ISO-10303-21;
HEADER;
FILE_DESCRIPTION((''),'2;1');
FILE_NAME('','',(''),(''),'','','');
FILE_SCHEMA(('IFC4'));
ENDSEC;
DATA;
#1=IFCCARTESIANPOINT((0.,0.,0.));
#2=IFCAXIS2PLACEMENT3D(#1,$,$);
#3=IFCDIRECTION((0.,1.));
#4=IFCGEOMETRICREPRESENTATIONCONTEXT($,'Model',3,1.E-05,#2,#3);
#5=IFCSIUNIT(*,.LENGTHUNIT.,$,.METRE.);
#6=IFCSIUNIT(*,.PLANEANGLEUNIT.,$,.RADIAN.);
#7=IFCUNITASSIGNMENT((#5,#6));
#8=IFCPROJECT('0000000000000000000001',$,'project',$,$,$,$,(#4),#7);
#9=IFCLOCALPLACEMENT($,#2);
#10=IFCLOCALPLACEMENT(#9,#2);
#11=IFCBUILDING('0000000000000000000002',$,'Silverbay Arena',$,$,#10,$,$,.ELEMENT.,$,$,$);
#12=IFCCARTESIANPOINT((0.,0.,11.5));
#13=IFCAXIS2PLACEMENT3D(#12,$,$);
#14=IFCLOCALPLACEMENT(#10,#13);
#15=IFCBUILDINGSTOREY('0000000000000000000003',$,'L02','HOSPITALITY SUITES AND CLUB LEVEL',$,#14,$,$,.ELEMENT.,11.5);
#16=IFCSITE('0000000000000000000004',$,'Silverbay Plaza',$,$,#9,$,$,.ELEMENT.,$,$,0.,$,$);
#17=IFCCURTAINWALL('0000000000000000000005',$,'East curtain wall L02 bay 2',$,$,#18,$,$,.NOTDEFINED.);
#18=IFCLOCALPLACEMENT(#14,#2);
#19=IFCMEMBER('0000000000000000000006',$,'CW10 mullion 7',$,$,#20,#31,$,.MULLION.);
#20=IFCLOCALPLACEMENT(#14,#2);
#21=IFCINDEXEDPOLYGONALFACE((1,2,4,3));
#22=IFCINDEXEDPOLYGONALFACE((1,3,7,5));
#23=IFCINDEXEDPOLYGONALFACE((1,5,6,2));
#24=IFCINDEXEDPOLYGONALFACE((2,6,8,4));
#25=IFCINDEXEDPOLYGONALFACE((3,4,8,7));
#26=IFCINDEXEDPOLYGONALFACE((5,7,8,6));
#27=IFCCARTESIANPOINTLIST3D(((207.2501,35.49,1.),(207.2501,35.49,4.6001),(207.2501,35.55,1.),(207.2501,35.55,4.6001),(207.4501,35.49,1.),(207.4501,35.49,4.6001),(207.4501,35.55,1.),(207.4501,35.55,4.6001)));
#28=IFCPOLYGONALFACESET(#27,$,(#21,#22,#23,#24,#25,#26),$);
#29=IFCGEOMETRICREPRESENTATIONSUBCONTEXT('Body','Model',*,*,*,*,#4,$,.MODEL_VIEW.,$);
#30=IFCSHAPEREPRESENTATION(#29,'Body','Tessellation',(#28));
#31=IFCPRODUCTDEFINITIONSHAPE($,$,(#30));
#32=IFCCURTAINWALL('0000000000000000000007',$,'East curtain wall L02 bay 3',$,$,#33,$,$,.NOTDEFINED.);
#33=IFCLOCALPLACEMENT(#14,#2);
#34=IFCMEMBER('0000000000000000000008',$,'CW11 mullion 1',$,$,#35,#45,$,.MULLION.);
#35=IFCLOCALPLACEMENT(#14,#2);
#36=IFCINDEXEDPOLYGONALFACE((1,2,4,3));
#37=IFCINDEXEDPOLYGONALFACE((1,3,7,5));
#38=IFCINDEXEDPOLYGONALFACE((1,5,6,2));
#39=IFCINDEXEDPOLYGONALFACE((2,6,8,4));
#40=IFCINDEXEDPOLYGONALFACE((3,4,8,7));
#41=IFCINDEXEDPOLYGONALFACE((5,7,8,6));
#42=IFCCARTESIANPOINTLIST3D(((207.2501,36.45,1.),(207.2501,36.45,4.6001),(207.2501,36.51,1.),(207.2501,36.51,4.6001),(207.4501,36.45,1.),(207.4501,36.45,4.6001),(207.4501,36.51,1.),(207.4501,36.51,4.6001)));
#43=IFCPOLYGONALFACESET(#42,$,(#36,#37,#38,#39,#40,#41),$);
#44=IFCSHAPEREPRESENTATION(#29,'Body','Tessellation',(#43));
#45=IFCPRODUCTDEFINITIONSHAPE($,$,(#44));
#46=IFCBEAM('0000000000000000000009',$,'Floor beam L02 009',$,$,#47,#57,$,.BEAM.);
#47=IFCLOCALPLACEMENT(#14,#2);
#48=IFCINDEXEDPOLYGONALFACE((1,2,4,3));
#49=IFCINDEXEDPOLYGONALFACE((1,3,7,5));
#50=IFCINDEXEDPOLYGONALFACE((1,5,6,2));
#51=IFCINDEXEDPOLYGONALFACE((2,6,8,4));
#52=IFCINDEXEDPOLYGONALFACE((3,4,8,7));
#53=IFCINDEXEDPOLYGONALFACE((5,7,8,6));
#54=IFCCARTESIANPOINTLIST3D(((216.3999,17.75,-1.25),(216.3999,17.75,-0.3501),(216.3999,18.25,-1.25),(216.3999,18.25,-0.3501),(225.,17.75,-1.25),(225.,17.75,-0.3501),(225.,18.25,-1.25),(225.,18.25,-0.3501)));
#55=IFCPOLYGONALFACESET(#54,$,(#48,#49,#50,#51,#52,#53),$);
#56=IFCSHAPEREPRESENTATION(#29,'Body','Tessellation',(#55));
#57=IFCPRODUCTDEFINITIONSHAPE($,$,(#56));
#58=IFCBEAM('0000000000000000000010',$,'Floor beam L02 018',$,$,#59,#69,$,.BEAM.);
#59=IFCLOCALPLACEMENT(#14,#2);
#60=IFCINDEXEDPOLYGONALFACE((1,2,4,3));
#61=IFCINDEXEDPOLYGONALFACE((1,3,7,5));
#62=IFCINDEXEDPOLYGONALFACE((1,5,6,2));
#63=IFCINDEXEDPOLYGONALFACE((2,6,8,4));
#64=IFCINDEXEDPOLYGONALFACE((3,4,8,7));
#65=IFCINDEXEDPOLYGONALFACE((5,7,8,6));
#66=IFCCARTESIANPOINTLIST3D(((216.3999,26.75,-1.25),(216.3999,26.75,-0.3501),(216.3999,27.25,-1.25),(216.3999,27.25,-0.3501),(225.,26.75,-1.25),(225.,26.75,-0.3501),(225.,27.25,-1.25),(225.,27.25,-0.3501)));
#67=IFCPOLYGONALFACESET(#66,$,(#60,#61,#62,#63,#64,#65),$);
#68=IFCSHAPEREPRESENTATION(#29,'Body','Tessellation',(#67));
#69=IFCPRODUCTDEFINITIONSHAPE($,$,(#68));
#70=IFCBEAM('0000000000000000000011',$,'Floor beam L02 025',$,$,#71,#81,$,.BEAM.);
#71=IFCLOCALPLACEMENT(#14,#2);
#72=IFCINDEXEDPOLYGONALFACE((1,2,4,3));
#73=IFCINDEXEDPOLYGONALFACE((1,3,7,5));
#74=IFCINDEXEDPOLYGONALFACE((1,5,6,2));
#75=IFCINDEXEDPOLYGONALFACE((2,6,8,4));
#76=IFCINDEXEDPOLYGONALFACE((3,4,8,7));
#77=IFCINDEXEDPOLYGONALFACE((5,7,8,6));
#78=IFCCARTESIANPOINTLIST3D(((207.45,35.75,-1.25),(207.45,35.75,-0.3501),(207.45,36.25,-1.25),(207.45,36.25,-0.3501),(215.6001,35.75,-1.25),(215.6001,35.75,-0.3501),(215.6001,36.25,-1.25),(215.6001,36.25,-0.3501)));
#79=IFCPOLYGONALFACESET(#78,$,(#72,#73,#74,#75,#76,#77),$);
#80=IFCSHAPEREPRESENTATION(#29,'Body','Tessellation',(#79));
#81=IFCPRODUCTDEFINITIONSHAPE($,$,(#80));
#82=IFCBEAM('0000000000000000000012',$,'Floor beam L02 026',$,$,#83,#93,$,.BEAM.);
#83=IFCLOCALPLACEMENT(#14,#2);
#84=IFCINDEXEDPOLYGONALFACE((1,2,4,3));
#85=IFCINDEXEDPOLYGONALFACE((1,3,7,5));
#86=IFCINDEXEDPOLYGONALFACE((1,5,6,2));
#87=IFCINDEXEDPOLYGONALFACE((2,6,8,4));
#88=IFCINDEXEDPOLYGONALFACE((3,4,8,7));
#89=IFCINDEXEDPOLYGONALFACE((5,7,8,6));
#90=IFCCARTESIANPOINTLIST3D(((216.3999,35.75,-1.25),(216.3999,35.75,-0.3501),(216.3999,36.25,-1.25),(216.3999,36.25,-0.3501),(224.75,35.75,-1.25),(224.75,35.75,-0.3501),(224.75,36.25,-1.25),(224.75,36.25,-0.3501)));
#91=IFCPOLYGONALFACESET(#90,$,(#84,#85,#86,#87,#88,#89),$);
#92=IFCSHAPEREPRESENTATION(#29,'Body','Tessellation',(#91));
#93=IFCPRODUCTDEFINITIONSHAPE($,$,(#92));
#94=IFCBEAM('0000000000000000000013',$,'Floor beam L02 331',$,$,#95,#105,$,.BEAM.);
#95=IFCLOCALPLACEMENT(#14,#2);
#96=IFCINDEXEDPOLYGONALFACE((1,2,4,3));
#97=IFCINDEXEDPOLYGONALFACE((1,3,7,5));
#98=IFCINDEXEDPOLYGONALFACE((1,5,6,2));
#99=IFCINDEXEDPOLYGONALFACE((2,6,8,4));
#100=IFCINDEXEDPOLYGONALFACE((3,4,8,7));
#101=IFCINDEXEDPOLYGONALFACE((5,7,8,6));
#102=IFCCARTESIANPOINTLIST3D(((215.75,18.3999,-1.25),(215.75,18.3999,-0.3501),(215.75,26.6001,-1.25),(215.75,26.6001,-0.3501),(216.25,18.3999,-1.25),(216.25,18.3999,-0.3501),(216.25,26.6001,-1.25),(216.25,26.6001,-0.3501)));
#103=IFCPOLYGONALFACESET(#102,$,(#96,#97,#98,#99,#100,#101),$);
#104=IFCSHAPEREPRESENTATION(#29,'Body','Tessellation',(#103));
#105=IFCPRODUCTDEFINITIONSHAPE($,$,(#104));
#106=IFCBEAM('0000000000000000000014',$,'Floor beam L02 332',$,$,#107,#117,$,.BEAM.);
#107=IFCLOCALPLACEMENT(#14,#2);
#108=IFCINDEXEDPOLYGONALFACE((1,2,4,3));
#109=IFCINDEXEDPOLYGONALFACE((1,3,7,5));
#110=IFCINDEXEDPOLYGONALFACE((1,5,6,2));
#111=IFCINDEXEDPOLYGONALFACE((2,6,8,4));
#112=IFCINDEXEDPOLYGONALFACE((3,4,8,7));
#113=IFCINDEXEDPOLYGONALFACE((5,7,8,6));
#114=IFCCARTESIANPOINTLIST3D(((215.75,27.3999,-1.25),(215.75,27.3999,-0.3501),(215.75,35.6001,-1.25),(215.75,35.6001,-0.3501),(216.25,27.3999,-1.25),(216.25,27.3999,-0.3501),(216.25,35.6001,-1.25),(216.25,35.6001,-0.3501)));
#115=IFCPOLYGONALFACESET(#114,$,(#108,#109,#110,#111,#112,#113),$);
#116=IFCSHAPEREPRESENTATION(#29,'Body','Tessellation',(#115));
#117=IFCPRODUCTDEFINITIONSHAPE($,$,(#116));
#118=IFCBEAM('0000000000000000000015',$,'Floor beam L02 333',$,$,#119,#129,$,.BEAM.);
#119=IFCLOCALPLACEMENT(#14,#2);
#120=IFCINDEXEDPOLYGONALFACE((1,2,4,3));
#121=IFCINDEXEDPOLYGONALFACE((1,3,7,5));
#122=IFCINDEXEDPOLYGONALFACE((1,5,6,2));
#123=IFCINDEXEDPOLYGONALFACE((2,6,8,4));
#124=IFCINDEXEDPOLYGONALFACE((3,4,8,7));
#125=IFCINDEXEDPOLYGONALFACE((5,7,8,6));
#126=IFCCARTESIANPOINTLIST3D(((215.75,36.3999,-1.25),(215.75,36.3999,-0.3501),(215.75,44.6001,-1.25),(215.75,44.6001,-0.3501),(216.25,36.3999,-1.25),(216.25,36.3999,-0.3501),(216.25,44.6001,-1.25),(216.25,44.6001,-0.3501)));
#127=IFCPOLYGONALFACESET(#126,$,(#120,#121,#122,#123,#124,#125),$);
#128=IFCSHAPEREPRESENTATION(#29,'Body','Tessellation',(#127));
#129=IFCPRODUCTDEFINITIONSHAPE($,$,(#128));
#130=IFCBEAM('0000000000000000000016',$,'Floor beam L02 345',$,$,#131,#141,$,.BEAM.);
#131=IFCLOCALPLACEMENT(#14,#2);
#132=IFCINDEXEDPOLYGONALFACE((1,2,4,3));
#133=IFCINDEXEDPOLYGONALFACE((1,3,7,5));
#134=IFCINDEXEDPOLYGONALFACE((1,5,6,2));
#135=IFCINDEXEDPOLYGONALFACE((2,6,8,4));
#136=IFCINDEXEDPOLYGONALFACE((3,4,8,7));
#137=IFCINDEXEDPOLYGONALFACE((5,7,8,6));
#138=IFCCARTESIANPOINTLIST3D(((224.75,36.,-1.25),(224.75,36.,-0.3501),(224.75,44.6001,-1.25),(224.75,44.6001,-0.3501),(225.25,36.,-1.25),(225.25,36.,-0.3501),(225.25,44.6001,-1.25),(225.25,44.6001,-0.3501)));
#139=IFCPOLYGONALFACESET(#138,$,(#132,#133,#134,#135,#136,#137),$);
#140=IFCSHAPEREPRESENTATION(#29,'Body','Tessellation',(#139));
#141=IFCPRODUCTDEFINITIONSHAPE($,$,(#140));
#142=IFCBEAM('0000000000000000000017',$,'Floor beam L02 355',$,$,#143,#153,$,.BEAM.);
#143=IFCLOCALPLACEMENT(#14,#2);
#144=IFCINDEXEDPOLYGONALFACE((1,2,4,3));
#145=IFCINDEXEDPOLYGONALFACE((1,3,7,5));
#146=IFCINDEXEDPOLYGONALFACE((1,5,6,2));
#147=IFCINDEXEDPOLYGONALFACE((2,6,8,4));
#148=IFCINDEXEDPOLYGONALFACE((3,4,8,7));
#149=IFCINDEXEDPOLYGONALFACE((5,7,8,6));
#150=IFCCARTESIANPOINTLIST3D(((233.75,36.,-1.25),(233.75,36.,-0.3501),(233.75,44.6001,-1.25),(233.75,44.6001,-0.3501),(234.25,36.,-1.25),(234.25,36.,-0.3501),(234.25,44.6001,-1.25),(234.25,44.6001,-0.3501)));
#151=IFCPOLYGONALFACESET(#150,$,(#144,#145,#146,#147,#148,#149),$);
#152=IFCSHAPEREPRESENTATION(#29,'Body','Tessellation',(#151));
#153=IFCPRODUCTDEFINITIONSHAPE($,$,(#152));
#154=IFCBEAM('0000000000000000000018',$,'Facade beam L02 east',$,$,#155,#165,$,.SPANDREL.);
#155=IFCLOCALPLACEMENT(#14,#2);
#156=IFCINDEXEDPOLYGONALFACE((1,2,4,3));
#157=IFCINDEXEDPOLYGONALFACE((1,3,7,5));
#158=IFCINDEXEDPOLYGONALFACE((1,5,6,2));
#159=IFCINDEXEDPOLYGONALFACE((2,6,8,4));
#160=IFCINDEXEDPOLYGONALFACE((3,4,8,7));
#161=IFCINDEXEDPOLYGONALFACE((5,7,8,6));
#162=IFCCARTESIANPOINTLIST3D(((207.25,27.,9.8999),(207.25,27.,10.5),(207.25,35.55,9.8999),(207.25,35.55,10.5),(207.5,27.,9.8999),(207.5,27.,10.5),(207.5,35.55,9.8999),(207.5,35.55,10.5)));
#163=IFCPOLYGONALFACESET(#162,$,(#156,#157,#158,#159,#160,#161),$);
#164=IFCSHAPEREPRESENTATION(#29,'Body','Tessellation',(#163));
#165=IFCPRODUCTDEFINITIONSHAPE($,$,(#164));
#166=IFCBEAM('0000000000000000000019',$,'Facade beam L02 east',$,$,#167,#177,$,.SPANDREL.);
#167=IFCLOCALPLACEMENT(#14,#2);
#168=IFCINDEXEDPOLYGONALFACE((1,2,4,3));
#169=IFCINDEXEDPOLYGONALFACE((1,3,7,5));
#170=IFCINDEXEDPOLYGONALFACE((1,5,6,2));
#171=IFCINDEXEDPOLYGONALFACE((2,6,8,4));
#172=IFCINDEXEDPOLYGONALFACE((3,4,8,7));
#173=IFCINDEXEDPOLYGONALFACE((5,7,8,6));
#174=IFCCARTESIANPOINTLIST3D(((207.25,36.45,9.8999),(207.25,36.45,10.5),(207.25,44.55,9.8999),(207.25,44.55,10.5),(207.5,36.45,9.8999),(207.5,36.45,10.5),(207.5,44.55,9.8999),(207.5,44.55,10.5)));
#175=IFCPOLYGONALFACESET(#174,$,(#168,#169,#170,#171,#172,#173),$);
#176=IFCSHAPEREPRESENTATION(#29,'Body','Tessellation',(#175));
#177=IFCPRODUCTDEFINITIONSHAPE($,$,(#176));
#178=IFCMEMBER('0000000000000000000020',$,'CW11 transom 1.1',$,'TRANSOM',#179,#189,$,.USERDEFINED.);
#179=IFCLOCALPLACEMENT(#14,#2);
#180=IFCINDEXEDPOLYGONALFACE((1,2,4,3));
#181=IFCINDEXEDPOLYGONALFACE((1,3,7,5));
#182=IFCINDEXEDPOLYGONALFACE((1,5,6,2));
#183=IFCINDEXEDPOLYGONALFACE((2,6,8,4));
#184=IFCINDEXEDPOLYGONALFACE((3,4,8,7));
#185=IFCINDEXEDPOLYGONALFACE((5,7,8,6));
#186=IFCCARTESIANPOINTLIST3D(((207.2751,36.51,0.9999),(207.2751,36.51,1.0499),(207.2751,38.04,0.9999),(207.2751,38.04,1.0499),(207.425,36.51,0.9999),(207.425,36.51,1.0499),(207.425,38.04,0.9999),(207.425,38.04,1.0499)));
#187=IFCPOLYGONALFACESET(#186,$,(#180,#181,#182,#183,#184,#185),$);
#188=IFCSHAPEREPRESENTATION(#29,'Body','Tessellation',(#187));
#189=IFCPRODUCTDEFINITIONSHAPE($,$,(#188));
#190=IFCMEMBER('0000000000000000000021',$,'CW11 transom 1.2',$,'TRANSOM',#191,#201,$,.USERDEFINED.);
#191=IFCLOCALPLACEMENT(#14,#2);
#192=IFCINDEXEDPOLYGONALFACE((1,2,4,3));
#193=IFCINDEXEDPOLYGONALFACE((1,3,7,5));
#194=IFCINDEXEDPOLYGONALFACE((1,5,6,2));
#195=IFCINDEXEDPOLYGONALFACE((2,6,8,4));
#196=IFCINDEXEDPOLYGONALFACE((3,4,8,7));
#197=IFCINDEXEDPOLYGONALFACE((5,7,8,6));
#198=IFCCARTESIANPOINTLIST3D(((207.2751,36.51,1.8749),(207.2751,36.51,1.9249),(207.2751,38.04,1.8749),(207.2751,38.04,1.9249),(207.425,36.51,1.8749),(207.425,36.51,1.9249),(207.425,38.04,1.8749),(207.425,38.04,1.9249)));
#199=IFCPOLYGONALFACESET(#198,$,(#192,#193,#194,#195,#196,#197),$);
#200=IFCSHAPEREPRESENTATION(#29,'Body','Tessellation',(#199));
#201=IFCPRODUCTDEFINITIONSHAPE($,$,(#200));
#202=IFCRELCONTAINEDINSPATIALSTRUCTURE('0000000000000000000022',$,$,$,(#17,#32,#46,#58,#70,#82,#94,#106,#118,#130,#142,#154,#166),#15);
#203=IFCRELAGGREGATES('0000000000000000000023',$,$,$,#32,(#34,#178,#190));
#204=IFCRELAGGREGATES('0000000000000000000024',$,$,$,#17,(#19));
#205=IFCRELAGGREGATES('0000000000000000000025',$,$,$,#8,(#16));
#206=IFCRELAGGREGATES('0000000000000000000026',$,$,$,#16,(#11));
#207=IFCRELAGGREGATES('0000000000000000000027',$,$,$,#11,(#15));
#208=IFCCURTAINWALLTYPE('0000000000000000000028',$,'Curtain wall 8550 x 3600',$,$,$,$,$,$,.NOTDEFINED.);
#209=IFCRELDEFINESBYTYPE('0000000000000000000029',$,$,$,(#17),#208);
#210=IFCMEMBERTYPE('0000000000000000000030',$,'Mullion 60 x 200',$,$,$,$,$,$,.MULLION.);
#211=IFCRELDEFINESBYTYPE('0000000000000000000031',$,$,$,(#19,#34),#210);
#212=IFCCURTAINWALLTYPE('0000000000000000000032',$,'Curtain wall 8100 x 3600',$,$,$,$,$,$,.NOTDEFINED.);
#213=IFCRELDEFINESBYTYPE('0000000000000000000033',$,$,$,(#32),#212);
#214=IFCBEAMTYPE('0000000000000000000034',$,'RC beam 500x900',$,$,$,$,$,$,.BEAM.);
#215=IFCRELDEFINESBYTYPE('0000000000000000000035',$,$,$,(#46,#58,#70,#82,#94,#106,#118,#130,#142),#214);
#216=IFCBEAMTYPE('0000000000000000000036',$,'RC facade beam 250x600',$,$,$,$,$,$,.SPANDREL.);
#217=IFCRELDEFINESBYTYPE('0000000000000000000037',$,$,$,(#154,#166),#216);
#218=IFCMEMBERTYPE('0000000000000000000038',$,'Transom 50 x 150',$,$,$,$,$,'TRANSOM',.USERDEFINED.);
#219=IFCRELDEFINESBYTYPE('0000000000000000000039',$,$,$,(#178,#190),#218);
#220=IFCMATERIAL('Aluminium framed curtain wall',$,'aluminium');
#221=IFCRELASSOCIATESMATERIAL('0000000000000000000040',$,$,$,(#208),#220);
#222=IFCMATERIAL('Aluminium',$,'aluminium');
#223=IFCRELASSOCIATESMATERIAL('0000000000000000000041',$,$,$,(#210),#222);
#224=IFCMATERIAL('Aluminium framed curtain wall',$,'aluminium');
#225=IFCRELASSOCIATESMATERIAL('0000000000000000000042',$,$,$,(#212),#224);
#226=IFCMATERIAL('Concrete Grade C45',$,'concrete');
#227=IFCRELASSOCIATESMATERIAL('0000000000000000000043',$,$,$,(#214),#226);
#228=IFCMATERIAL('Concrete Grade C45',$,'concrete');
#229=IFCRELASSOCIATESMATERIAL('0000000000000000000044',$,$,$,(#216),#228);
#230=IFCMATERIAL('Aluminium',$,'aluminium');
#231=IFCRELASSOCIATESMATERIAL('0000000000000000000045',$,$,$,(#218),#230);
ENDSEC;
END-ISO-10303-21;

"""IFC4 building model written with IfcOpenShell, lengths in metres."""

from ifc_helpers import new_model, si_unit, direction, frame, origin, origin_2d, place, context, subcontext, project, spatial, rectangle, extrude, material, material_profile, profile_set, type_object, element, aggregate, save


model = new_model("IFC4")

# Units and contexts
model_context = context("Model", 3, precision=1e-05, world=origin(), true_north=direction((0.0, 1.0)))
body_context = subcontext(model_context, "Body", "Model", "MODEL_VIEW")
ifc_project = project(units=[si_unit("LENGTHUNIT", "METRE"), si_unit("PLANEANGLEUNIT", "RADIAN")], contexts=[model_context])

# Site, building, storey
site_placement = place(None, origin())
site = spatial("IfcSite", under=ifc_project, at=site_placement, Name="Silverbay Plaza", CompositionType="ELEMENT", RefElevation=0.0)
building_placement = place(site_placement, origin())
building = spatial("IfcBuilding", under=site, at=building_placement, Name="Silverbay Arena", CompositionType="ELEMENT")
storey_placement = place(building_placement, frame((0.0, 0.0, 11.5)))
storey = spatial("IfcBuildingStorey", under=building, at=storey_placement, Name="L02", Description="HOSPITALITY SUITES AND CLUB LEVEL", CompositionType="ELEMENT", Elevation=11.5)

# Curtain walls, members
ifc_material_1 = material(Name="Aluminium framed curtain wall", Category="aluminium")
curtain_wall_type_1 = type_object("IfcCurtainWallType", Name="Curtain wall 8550 x 3600", PredefinedType="NOTDEFINED", material=ifc_material_1)
curtain_wall_1_placement = place(storey_placement, origin())
curtain_wall_1 = element("IfcCurtainWall", 1, at=curtain_wall_1_placement, inside=storey, type_object=curtain_wall_type_1, Name="East curtain wall L02 bay 2", PredefinedType="NOTDEFINED")
ifc_material_2 = material(Name="Aluminium", Category="aluminium")
ifc_material_profile_1 = material_profile(ifc_material_2, rectangle(XDim=0.2, YDim=0.0601, at=origin_2d()), Name="Mullion 60 x 200")
ifc_profile_set_1 = profile_set([ifc_material_profile_1], Name="Aluminium")
member_type_1 = type_object("IfcMemberType", Name="Mullion 60 x 200", PredefinedType="MULLION", material=ifc_profile_set_1)
member_1_placement = place(storey_placement, frame((207.3501, 35.52, 1.0), z_axis=(0.0, 0.0, 1.0), x_axis=(-1.0, 0.0, 0.0)))
member_1 = element("IfcMember", 2, at=member_1_placement, type_object=member_type_1, Name="CW10 mullion 7", PredefinedType="MULLION", context=body_context, shape_type="SweptSolid", body=[
    extrude(rectangle(XDim=0.2, YDim=0.0601, at=origin_2d()), origin(), (0.0, 0.0, 1.0), 3.6001),
])
ifc_material_3 = material(Name="Aluminium framed curtain wall", Category="aluminium")
curtain_wall_type_2 = type_object("IfcCurtainWallType", Name="Curtain wall 8100 x 3600", PredefinedType="NOTDEFINED", material=ifc_material_3)
curtain_wall_2_placement = place(storey_placement, origin())
curtain_wall_2 = element("IfcCurtainWall", 3, at=curtain_wall_2_placement, inside=storey, type_object=curtain_wall_type_2, Name="East curtain wall L02 bay 3", PredefinedType="NOTDEFINED")
member_2_placement = place(storey_placement, frame((207.3501, 36.48, 1.0), z_axis=(0.0, 0.0, 1.0), x_axis=(-1.0, 0.0, 0.0)))
member_2 = element("IfcMember", 4, at=member_2_placement, type_object=member_type_1, Name="CW11 mullion 1", PredefinedType="MULLION", context=body_context, shape_type="SweptSolid", body=[
    extrude(rectangle(XDim=0.2, YDim=0.0601, at=origin_2d()), origin(), (0.0, 0.0, 1.0), 3.6001),
])

# Beams
ifc_material_4 = material(Name="Concrete Grade C45", Category="concrete")
ifc_material_profile_2 = material_profile(ifc_material_4, rectangle(XDim=0.5, YDim=0.8999, at=origin_2d()), Name="RC 500x900")
ifc_profile_set_2 = profile_set([ifc_material_profile_2], Name="Concrete Grade C45")
beam_type_1 = type_object("IfcBeamType", Name="RC beam 500x900", PredefinedType="BEAM", material=ifc_profile_set_2)
for number, where, z_axis, x_axis, name in (
    (5, (216.3999, 18.0, -0.8), (1.0, 0.0, 0.0), (0.0, 1.0, 0.0), "Floor beam L02 009"),
    (6, (216.3999, 27.0, -0.8), (1.0, 0.0, 0.0), (0.0, 1.0, 0.0), "Floor beam L02 018"),
):
    element("IfcBeam", number, at=place(storey_placement, frame(where, z_axis=z_axis, x_axis=x_axis)), inside=storey, type_object=beam_type_1, Name=name, PredefinedType="BEAM", context=body_context, shape_type="SweptSolid", body=[
        extrude(rectangle(XDim=0.5, YDim=0.8999, at=origin_2d()), origin(), (0.0, 0.0, 1.0), 8.6001),
    ])
beam_1_placement = place(storey_placement, frame((207.45, 36.0, -0.8), z_axis=(1.0, 0.0, 0.0), x_axis=(0.0, 1.0, 0.0)))
element("IfcBeam", 7, at=beam_1_placement, inside=storey, type_object=beam_type_1, Name="Floor beam L02 025", PredefinedType="BEAM", context=body_context, shape_type="SweptSolid", body=[
    extrude(rectangle(XDim=0.5, YDim=0.8999, at=origin_2d()), origin(), (0.0, 0.0, 1.0), 8.1501),
])
beam_2_placement = place(storey_placement, frame((216.3999, 36.0, -0.8), z_axis=(1.0, 0.0, 0.0), x_axis=(0.0, 1.0, 0.0)))
element("IfcBeam", 8, at=beam_2_placement, inside=storey, type_object=beam_type_1, Name="Floor beam L02 026", PredefinedType="BEAM", context=body_context, shape_type="SweptSolid", body=[
    extrude(rectangle(XDim=0.5, YDim=0.8999, at=origin_2d()), origin(), (0.0, 0.0, 1.0), 8.3501),
])
for number, where, z_axis, x_axis, name in (
    (9, (216.0, 18.3999, -0.8), (0.0, 1.0, 0.0), (-1.0, 0.0, 0.0), "Floor beam L02 331"),
    (10, (216.0, 27.3999, -0.8), (0.0, 1.0, 0.0), (-1.0, 0.0, 0.0), "Floor beam L02 332"),
    (11, (216.0, 36.3999, -0.8), (0.0, 1.0, 0.0), (-1.0, 0.0, 0.0), "Floor beam L02 333"),
):
    element("IfcBeam", number, at=place(storey_placement, frame(where, z_axis=z_axis, x_axis=x_axis)), inside=storey, type_object=beam_type_1, Name=name, PredefinedType="BEAM", context=body_context, shape_type="SweptSolid", body=[
        extrude(rectangle(XDim=0.5, YDim=0.8999, at=origin_2d()), origin(), (0.0, 0.0, 1.0), 8.2002),
    ])
for number, where, z_axis, x_axis, name in (
    (12, (225.0, 36.0, -0.8), (0.0, 1.0, 0.0), (-1.0, 0.0, 0.0), "Floor beam L02 345"),
    (13, (234.0, 36.0, -0.8), (0.0, 1.0, 0.0), (-1.0, 0.0, 0.0), "Floor beam L02 355"),
):
    element("IfcBeam", number, at=place(storey_placement, frame(where, z_axis=z_axis, x_axis=x_axis)), inside=storey, type_object=beam_type_1, Name=name, PredefinedType="BEAM", context=body_context, shape_type="SweptSolid", body=[
        extrude(rectangle(XDim=0.5, YDim=0.8999, at=origin_2d()), origin(), (0.0, 0.0, 1.0), 8.6001),
    ])
ifc_material_5 = material(Name="Concrete Grade C45", Category="concrete")
ifc_material_profile_3 = material_profile(ifc_material_5, rectangle(XDim=0.25, YDim=0.6001, at=origin_2d()), Name="RC 250x600")
ifc_profile_set_3 = profile_set([ifc_material_profile_3], Name="Concrete Grade C45")
beam_type_2 = type_object("IfcBeamType", Name="RC facade beam 250x600", PredefinedType="SPANDREL", material=ifc_profile_set_3)
beam_3_placement = place(storey_placement, frame((207.375, 27.0, 10.2), z_axis=(0.0, 1.0, 0.0), x_axis=(-1.0, 0.0, 0.0)))
element("IfcBeam", 14, at=beam_3_placement, inside=storey, type_object=beam_type_2, Name="Facade beam L02 east", PredefinedType="SPANDREL", context=body_context, shape_type="SweptSolid", body=[
    extrude(rectangle(XDim=0.25, YDim=0.6001, at=origin_2d()), origin(), (0.0, 0.0, 1.0), 8.55),
])
beam_4_placement = place(storey_placement, frame((207.375, 36.45, 10.2), z_axis=(0.0, 1.0, 0.0), x_axis=(-1.0, 0.0, 0.0)))
element("IfcBeam", 15, at=beam_4_placement, inside=storey, type_object=beam_type_2, Name="Facade beam L02 east", PredefinedType="SPANDREL", context=body_context, shape_type="SweptSolid", body=[
    extrude(rectangle(XDim=0.25, YDim=0.6001, at=origin_2d()), origin(), (0.0, 0.0, 1.0), 8.1001),
])

# Members
ifc_material_6 = material(Name="Aluminium", Category="aluminium")
ifc_material_profile_4 = material_profile(ifc_material_6, rectangle(XDim=0.1499, YDim=0.05, at=origin_2d()), Name="Transom 50 x 150")
ifc_profile_set_4 = profile_set([ifc_material_profile_4], Name="Aluminium")
member_type_2 = type_object("IfcMemberType", Name="Transom 50 x 150", ElementType="TRANSOM", PredefinedType="USERDEFINED", material=ifc_profile_set_4)
member_3_placement = place(storey_placement, frame((207.3501, 36.51, 1.0249), z_axis=(0.0, 1.0, 0.0), x_axis=(-1.0, 0.0, 0.0)))
member_3 = element("IfcMember", 16, at=member_3_placement, type_object=member_type_2, Name="CW11 transom 1.1", ObjectType="TRANSOM", PredefinedType="USERDEFINED", context=body_context, shape_type="SweptSolid", body=[
    extrude(rectangle(XDim=0.1499, YDim=0.05, at=origin_2d()), origin(), (0.0, 0.0, 1.0), 1.53),
])
member_4_placement = place(storey_placement, frame((207.3501, 36.51, 1.8999), z_axis=(0.0, 1.0, 0.0), x_axis=(-1.0, 0.0, 0.0)))
member_4 = element("IfcMember", 17, at=member_4_placement, type_object=member_type_2, Name="CW11 transom 1.2", ObjectType="TRANSOM", PredefinedType="USERDEFINED", context=body_context, shape_type="SweptSolid", body=[
    extrude(rectangle(XDim=0.1499, YDim=0.05, at=origin_2d()), origin(), (0.0, 0.0, 1.0), 1.53),
])
aggregate(curtain_wall_2, [member_2, member_3, member_4])

aggregate(curtain_wall_1, [member_1])

save(model, "model.ifc")
